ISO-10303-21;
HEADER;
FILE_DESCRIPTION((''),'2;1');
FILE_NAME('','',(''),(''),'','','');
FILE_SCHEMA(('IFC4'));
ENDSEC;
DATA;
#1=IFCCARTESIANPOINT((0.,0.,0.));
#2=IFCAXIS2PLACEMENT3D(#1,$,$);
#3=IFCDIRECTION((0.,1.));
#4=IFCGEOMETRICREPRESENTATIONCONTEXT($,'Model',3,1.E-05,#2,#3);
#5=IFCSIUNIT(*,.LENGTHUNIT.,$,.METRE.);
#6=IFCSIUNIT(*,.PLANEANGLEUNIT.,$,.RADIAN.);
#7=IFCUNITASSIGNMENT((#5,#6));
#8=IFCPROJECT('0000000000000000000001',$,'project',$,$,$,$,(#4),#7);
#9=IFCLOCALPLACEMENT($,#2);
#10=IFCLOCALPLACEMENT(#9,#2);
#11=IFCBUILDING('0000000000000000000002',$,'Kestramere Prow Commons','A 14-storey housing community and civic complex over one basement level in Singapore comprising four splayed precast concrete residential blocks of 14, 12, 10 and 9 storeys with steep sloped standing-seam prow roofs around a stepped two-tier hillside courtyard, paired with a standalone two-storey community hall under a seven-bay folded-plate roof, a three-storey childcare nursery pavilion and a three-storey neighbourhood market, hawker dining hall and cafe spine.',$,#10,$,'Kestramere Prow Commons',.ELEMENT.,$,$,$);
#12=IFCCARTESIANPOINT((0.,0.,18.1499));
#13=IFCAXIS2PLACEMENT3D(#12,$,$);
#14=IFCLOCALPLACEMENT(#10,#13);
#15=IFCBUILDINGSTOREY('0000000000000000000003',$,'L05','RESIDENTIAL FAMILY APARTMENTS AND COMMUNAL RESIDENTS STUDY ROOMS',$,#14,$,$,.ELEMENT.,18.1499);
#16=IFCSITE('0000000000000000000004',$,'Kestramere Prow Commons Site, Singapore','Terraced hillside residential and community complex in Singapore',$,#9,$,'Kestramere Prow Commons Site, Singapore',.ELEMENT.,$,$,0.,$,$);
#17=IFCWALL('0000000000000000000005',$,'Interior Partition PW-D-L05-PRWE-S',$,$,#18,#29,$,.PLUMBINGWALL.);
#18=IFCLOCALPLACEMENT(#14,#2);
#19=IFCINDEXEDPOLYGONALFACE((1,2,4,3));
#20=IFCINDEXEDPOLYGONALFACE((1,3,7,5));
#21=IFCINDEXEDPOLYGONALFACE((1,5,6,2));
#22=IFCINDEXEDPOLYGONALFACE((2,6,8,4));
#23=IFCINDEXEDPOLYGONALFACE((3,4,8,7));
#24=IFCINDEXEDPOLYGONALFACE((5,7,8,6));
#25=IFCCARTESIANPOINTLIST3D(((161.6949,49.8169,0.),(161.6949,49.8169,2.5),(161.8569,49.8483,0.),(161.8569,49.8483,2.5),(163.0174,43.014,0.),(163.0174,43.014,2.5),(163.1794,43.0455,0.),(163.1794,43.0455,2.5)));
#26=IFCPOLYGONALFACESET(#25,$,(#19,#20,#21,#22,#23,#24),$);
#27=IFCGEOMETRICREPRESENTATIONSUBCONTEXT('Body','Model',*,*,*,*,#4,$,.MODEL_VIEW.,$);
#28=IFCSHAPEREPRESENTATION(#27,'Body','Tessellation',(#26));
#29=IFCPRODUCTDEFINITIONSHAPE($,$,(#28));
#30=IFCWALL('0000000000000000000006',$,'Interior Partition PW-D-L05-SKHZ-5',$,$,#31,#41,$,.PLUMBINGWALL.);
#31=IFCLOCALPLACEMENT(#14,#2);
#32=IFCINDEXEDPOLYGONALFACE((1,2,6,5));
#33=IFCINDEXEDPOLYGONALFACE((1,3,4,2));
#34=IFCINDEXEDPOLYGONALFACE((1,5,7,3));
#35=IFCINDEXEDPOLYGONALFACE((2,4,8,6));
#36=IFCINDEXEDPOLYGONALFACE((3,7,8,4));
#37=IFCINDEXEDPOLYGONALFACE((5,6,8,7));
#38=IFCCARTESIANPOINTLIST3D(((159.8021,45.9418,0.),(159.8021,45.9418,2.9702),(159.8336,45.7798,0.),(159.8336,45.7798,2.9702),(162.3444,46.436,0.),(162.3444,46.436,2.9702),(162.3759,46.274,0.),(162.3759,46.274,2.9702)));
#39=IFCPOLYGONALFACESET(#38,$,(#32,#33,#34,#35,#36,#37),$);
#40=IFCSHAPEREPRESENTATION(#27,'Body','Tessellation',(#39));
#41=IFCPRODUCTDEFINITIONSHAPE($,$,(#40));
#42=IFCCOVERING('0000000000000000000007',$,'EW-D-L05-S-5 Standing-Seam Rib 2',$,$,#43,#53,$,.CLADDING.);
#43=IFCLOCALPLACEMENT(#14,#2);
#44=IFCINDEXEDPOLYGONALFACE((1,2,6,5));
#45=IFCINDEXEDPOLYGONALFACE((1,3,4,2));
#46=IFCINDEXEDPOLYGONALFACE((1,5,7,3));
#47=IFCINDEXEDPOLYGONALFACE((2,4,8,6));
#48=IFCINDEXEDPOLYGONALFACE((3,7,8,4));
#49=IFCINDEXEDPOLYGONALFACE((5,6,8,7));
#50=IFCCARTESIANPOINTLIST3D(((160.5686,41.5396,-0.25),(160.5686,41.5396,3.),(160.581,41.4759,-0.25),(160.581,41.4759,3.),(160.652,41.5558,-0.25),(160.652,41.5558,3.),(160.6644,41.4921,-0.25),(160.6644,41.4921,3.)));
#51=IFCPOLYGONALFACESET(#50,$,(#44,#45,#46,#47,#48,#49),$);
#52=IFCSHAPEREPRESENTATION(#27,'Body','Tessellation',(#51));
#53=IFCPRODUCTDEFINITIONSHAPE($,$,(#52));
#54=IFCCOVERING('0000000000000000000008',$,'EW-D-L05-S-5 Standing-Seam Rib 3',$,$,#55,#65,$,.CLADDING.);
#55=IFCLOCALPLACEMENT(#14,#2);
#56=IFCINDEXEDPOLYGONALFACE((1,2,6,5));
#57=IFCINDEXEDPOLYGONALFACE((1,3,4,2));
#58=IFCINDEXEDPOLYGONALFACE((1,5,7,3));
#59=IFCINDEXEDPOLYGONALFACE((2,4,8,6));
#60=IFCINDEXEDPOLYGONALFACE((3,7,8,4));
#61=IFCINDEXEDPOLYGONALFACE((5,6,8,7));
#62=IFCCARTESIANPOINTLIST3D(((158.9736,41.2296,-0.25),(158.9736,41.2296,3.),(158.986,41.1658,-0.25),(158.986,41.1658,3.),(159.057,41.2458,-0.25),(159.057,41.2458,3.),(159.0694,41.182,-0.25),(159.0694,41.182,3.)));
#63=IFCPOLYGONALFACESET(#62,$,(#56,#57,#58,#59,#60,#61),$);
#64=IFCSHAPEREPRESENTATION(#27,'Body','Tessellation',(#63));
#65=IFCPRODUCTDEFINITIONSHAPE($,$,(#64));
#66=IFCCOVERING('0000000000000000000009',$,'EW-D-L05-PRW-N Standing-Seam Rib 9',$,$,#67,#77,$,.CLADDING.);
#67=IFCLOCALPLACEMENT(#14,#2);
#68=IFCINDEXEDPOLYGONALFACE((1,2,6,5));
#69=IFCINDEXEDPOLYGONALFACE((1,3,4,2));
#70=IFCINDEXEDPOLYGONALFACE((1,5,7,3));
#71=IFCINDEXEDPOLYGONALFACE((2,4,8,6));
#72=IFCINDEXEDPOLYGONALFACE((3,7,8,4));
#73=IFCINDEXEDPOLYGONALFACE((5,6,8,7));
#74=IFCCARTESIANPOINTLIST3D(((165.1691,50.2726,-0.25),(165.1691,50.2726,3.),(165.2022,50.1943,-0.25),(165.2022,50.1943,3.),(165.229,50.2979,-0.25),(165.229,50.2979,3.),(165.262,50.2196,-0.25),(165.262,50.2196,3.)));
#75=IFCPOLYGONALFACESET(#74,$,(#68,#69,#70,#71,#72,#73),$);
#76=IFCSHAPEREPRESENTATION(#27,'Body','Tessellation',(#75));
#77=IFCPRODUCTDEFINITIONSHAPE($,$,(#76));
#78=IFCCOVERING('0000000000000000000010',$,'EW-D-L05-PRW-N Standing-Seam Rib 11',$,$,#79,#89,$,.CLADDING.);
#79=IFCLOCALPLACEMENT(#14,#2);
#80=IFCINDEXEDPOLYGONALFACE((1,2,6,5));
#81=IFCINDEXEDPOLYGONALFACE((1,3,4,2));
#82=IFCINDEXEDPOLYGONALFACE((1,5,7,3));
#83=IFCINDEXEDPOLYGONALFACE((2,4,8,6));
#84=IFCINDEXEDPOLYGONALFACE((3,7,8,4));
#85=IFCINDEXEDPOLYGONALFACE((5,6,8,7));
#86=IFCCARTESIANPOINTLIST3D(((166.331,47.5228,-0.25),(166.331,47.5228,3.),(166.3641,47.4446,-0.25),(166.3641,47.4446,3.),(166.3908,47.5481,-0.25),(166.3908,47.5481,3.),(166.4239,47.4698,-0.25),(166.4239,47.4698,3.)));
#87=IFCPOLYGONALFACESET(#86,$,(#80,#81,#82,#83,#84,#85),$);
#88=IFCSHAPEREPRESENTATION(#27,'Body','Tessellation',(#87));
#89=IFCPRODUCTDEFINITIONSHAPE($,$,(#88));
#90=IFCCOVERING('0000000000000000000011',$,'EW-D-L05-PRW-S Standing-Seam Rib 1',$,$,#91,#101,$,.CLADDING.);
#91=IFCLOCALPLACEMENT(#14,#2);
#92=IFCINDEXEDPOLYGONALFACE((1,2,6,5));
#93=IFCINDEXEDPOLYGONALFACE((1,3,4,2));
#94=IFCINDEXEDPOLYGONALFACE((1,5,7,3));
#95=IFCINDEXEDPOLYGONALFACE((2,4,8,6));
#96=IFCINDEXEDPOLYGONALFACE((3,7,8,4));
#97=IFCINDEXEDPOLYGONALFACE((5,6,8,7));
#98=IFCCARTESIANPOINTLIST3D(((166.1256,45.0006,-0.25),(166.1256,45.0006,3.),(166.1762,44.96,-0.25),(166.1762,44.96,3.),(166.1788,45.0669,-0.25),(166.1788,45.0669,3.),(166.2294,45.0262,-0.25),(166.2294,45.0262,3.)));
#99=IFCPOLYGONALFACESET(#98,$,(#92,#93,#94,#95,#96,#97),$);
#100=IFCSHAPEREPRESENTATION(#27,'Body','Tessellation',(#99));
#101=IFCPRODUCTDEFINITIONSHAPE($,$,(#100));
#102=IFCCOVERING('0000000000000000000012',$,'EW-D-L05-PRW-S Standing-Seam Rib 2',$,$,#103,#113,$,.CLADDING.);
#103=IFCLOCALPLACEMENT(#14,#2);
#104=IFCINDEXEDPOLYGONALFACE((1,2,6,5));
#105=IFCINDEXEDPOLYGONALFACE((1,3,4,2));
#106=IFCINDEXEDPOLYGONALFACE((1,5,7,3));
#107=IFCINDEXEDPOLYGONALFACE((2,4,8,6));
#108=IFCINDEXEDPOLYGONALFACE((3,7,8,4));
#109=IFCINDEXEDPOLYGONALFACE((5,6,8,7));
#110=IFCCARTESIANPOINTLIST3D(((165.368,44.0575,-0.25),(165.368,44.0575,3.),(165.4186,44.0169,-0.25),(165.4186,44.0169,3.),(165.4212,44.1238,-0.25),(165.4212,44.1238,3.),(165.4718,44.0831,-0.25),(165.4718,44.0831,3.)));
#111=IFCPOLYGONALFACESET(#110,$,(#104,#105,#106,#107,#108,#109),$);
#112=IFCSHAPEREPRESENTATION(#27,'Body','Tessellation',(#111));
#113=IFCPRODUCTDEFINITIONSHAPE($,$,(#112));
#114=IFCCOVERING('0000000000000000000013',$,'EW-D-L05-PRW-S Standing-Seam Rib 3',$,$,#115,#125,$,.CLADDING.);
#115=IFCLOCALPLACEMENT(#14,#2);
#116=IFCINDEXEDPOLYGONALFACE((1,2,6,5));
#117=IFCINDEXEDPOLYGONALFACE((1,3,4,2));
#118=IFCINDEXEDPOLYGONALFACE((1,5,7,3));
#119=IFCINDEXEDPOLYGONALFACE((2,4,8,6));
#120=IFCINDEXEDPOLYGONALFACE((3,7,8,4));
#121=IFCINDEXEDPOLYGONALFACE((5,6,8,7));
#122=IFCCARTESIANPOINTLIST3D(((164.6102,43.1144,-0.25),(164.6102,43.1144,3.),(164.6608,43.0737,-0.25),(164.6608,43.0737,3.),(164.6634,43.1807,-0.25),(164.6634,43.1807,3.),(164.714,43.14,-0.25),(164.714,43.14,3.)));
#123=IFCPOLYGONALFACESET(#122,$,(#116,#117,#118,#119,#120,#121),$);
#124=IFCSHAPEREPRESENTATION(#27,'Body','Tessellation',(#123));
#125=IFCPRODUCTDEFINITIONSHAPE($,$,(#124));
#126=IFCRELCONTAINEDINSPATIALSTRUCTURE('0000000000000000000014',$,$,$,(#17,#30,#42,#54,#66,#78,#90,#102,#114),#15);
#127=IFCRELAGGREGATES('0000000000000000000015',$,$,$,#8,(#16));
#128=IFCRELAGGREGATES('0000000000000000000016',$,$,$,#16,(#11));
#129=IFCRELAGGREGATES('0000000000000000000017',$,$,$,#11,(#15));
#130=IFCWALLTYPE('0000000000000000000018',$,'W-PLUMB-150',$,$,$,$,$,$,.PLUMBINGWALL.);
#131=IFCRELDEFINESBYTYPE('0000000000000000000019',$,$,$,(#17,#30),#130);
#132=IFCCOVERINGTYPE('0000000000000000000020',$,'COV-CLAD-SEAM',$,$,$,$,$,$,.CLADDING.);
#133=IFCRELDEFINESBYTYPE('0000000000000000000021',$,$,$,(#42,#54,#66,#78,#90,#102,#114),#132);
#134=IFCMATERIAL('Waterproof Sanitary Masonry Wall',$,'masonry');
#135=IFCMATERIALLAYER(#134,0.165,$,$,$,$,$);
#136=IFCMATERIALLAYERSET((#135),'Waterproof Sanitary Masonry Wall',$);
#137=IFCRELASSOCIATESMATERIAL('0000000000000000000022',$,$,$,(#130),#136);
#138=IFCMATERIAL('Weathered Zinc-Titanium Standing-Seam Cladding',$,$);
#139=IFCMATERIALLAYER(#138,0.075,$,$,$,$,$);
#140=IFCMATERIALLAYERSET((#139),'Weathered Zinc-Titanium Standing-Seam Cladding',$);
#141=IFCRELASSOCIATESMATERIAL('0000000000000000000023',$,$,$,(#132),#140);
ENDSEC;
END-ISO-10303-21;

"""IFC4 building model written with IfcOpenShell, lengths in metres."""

from ifc_helpers import new_model, si_unit, direction, frame, frame_2d, origin, origin_2d, place, context, subcontext, project, spatial, rectangle, extrude, material, layer, layer_set, type_object, element, save


model = new_model("IFC4")

# Units and contexts
model_context = context("Model", 3, precision=1e-05, world=origin(), true_north=direction((0.0, 1.0)))
body_context = subcontext(model_context, "Body", "Model", "MODEL_VIEW")
ifc_project = project(units=[si_unit("LENGTHUNIT", "METRE"), si_unit("PLANEANGLEUNIT", "RADIAN")], contexts=[model_context])

# Site, building, storey
site_placement = place(None, origin())
site = spatial("IfcSite", under=ifc_project, at=site_placement, Name="Kestramere Prow Commons Site, Singapore", Description="Terraced hillside residential and community complex in Singapore", LongName="Kestramere Prow Commons Site, Singapore", CompositionType="ELEMENT", RefElevation=0.0)
building_placement = place(site_placement, origin())
building = spatial("IfcBuilding", under=site, at=building_placement, Name="Kestramere Prow Commons", Description="A 14-storey housing community and civic complex over one basement level in Singapore comprising four splayed precast concrete residential blocks of 14, 12, 10 and 9 storeys with steep sloped standing-seam prow roofs around a stepped two-tier hillside courtyard, paired with a standalone two-storey community hall under a seven-bay folded-plate roof, a three-storey childcare nursery pavilion and a three-storey neighbourhood market, hawker dining hall and cafe spine.", LongName="Kestramere Prow Commons", CompositionType="ELEMENT")
storey_placement = place(building_placement, frame((0.0, 0.0, 18.1499)))
storey = spatial("IfcBuildingStorey", under=building, at=storey_placement, Name="L05", Description="RESIDENTIAL FAMILY APARTMENTS AND COMMUNAL RESIDENTS STUDY ROOMS", CompositionType="ELEMENT", Elevation=18.1499)

# Shared definitions
ifc_material_1 = material(Name="Weathered Zinc-Titanium Standing-Seam Cladding")

# Walls
ifc_material_2 = material(Name="Waterproof Sanitary Masonry Wall", Category="masonry")
ifc_layer_1 = layer(ifc_material_2, 0.165)
ifc_layer_set_1 = layer_set([ifc_layer_1], Name="Waterproof Sanitary Masonry Wall")
wall_type_1 = type_object("IfcWallType", Name="W-PLUMB-150", PredefinedType="PLUMBINGWALL", material=ifc_layer_set_1)
wall_1_placement = place(storey_placement, frame((163.0984, 43.0298, 0.0), z_axis=(0.0, 0.0, 1.0), x_axis=(-0.190836, 0.981622, 0.0)))
element("IfcWall", 1, at=wall_1_placement, inside=storey, type_object=wall_type_1, Name="Interior Partition PW-D-L05-PRWE-S", PredefinedType="PLUMBINGWALL", context=body_context, shape_type="SweptSolid", body=[
    extrude(rectangle(XDim=6.9302, YDim=0.165, at=frame_2d((3.4651, 0.0))), origin(), (0.0, 0.0, 1.0), 2.5),
])
wall_2_placement = place(storey_placement, frame((159.8179, 45.8608, 0.0), z_axis=(0.0, 0.0, 1.0), x_axis=(0.981629, 0.190802, 0.0)))
element("IfcWall", 2, at=wall_2_placement, inside=storey, type_object=wall_type_1, Name="Interior Partition PW-D-L05-SKHZ-5", PredefinedType="PLUMBINGWALL", context=body_context, shape_type="SweptSolid", body=[
    extrude(rectangle(XDim=2.5898, YDim=0.165, at=frame_2d((1.2949, 0.0))), origin(), (0.0, 0.0, 1.0), 2.9702),
])

# Coverings
ifc_layer_2 = layer(ifc_material_1, 0.075)
ifc_layer_set_2 = layer_set([ifc_layer_2], Name="Weathered Zinc-Titanium Standing-Seam Cladding")
covering_type = type_object("IfcCoveringType", Name="COV-CLAD-SEAM", PredefinedType="CLADDING", material=ifc_layer_set_2)
for number, where, z_axis, x_axis, name in (
    (3, (160.6165, 41.5159, -0.25), (0.0, 0.0, 1.0), (-0.981627, -0.190809, 0.0), "EW-D-L05-S-5 Standing-Seam Rib 2"),
    (4, (159.0215, 41.2058, -0.25), (0.0, 0.0, 1.0), (-0.981627, -0.190809, 0.0), "EW-D-L05-S-5 Standing-Seam Rib 3"),
    (5, (165.2156, 50.2461, -0.25), (0.0, 0.0, 1.0), (0.38922, -0.921145, 0.0), "EW-D-L05-PRW-N Standing-Seam Rib 9"),
    (6, (166.3774, 47.4963, -0.25), (0.0, 0.0, 1.0), (0.38922, -0.921145, 0.0), "EW-D-L05-PRW-N Standing-Seam Rib 11"),
    (7, (166.1775, 45.0134, -0.25), (0.0, 0.0, 1.0), (-0.626298, -0.779584, 0.0), "EW-D-L05-PRW-S Standing-Seam Rib 1"),
    (8, (165.4199, 44.0703, -0.25), (0.0, 0.0, 1.0), (-0.626298, -0.779584, 0.0), "EW-D-L05-PRW-S Standing-Seam Rib 2"),
    (9, (164.6621, 43.1272, -0.25), (0.0, 0.0, 1.0), (-0.626298, -0.779584, 0.0), "EW-D-L05-PRW-S Standing-Seam Rib 3"),
):
    element("IfcCovering", number, at=place(storey_placement, frame(where, z_axis=z_axis, x_axis=x_axis)), inside=storey, type_object=covering_type, Name=name, PredefinedType="CLADDING", context=body_context, shape_type="SweptSolid", body=[
        extrude(rectangle(XDim=0.085, YDim=0.0649, at=origin_2d()), origin(), (0.0, 0.0, 1.0), 3.25),
    ])

save(model, "model.ifc")
